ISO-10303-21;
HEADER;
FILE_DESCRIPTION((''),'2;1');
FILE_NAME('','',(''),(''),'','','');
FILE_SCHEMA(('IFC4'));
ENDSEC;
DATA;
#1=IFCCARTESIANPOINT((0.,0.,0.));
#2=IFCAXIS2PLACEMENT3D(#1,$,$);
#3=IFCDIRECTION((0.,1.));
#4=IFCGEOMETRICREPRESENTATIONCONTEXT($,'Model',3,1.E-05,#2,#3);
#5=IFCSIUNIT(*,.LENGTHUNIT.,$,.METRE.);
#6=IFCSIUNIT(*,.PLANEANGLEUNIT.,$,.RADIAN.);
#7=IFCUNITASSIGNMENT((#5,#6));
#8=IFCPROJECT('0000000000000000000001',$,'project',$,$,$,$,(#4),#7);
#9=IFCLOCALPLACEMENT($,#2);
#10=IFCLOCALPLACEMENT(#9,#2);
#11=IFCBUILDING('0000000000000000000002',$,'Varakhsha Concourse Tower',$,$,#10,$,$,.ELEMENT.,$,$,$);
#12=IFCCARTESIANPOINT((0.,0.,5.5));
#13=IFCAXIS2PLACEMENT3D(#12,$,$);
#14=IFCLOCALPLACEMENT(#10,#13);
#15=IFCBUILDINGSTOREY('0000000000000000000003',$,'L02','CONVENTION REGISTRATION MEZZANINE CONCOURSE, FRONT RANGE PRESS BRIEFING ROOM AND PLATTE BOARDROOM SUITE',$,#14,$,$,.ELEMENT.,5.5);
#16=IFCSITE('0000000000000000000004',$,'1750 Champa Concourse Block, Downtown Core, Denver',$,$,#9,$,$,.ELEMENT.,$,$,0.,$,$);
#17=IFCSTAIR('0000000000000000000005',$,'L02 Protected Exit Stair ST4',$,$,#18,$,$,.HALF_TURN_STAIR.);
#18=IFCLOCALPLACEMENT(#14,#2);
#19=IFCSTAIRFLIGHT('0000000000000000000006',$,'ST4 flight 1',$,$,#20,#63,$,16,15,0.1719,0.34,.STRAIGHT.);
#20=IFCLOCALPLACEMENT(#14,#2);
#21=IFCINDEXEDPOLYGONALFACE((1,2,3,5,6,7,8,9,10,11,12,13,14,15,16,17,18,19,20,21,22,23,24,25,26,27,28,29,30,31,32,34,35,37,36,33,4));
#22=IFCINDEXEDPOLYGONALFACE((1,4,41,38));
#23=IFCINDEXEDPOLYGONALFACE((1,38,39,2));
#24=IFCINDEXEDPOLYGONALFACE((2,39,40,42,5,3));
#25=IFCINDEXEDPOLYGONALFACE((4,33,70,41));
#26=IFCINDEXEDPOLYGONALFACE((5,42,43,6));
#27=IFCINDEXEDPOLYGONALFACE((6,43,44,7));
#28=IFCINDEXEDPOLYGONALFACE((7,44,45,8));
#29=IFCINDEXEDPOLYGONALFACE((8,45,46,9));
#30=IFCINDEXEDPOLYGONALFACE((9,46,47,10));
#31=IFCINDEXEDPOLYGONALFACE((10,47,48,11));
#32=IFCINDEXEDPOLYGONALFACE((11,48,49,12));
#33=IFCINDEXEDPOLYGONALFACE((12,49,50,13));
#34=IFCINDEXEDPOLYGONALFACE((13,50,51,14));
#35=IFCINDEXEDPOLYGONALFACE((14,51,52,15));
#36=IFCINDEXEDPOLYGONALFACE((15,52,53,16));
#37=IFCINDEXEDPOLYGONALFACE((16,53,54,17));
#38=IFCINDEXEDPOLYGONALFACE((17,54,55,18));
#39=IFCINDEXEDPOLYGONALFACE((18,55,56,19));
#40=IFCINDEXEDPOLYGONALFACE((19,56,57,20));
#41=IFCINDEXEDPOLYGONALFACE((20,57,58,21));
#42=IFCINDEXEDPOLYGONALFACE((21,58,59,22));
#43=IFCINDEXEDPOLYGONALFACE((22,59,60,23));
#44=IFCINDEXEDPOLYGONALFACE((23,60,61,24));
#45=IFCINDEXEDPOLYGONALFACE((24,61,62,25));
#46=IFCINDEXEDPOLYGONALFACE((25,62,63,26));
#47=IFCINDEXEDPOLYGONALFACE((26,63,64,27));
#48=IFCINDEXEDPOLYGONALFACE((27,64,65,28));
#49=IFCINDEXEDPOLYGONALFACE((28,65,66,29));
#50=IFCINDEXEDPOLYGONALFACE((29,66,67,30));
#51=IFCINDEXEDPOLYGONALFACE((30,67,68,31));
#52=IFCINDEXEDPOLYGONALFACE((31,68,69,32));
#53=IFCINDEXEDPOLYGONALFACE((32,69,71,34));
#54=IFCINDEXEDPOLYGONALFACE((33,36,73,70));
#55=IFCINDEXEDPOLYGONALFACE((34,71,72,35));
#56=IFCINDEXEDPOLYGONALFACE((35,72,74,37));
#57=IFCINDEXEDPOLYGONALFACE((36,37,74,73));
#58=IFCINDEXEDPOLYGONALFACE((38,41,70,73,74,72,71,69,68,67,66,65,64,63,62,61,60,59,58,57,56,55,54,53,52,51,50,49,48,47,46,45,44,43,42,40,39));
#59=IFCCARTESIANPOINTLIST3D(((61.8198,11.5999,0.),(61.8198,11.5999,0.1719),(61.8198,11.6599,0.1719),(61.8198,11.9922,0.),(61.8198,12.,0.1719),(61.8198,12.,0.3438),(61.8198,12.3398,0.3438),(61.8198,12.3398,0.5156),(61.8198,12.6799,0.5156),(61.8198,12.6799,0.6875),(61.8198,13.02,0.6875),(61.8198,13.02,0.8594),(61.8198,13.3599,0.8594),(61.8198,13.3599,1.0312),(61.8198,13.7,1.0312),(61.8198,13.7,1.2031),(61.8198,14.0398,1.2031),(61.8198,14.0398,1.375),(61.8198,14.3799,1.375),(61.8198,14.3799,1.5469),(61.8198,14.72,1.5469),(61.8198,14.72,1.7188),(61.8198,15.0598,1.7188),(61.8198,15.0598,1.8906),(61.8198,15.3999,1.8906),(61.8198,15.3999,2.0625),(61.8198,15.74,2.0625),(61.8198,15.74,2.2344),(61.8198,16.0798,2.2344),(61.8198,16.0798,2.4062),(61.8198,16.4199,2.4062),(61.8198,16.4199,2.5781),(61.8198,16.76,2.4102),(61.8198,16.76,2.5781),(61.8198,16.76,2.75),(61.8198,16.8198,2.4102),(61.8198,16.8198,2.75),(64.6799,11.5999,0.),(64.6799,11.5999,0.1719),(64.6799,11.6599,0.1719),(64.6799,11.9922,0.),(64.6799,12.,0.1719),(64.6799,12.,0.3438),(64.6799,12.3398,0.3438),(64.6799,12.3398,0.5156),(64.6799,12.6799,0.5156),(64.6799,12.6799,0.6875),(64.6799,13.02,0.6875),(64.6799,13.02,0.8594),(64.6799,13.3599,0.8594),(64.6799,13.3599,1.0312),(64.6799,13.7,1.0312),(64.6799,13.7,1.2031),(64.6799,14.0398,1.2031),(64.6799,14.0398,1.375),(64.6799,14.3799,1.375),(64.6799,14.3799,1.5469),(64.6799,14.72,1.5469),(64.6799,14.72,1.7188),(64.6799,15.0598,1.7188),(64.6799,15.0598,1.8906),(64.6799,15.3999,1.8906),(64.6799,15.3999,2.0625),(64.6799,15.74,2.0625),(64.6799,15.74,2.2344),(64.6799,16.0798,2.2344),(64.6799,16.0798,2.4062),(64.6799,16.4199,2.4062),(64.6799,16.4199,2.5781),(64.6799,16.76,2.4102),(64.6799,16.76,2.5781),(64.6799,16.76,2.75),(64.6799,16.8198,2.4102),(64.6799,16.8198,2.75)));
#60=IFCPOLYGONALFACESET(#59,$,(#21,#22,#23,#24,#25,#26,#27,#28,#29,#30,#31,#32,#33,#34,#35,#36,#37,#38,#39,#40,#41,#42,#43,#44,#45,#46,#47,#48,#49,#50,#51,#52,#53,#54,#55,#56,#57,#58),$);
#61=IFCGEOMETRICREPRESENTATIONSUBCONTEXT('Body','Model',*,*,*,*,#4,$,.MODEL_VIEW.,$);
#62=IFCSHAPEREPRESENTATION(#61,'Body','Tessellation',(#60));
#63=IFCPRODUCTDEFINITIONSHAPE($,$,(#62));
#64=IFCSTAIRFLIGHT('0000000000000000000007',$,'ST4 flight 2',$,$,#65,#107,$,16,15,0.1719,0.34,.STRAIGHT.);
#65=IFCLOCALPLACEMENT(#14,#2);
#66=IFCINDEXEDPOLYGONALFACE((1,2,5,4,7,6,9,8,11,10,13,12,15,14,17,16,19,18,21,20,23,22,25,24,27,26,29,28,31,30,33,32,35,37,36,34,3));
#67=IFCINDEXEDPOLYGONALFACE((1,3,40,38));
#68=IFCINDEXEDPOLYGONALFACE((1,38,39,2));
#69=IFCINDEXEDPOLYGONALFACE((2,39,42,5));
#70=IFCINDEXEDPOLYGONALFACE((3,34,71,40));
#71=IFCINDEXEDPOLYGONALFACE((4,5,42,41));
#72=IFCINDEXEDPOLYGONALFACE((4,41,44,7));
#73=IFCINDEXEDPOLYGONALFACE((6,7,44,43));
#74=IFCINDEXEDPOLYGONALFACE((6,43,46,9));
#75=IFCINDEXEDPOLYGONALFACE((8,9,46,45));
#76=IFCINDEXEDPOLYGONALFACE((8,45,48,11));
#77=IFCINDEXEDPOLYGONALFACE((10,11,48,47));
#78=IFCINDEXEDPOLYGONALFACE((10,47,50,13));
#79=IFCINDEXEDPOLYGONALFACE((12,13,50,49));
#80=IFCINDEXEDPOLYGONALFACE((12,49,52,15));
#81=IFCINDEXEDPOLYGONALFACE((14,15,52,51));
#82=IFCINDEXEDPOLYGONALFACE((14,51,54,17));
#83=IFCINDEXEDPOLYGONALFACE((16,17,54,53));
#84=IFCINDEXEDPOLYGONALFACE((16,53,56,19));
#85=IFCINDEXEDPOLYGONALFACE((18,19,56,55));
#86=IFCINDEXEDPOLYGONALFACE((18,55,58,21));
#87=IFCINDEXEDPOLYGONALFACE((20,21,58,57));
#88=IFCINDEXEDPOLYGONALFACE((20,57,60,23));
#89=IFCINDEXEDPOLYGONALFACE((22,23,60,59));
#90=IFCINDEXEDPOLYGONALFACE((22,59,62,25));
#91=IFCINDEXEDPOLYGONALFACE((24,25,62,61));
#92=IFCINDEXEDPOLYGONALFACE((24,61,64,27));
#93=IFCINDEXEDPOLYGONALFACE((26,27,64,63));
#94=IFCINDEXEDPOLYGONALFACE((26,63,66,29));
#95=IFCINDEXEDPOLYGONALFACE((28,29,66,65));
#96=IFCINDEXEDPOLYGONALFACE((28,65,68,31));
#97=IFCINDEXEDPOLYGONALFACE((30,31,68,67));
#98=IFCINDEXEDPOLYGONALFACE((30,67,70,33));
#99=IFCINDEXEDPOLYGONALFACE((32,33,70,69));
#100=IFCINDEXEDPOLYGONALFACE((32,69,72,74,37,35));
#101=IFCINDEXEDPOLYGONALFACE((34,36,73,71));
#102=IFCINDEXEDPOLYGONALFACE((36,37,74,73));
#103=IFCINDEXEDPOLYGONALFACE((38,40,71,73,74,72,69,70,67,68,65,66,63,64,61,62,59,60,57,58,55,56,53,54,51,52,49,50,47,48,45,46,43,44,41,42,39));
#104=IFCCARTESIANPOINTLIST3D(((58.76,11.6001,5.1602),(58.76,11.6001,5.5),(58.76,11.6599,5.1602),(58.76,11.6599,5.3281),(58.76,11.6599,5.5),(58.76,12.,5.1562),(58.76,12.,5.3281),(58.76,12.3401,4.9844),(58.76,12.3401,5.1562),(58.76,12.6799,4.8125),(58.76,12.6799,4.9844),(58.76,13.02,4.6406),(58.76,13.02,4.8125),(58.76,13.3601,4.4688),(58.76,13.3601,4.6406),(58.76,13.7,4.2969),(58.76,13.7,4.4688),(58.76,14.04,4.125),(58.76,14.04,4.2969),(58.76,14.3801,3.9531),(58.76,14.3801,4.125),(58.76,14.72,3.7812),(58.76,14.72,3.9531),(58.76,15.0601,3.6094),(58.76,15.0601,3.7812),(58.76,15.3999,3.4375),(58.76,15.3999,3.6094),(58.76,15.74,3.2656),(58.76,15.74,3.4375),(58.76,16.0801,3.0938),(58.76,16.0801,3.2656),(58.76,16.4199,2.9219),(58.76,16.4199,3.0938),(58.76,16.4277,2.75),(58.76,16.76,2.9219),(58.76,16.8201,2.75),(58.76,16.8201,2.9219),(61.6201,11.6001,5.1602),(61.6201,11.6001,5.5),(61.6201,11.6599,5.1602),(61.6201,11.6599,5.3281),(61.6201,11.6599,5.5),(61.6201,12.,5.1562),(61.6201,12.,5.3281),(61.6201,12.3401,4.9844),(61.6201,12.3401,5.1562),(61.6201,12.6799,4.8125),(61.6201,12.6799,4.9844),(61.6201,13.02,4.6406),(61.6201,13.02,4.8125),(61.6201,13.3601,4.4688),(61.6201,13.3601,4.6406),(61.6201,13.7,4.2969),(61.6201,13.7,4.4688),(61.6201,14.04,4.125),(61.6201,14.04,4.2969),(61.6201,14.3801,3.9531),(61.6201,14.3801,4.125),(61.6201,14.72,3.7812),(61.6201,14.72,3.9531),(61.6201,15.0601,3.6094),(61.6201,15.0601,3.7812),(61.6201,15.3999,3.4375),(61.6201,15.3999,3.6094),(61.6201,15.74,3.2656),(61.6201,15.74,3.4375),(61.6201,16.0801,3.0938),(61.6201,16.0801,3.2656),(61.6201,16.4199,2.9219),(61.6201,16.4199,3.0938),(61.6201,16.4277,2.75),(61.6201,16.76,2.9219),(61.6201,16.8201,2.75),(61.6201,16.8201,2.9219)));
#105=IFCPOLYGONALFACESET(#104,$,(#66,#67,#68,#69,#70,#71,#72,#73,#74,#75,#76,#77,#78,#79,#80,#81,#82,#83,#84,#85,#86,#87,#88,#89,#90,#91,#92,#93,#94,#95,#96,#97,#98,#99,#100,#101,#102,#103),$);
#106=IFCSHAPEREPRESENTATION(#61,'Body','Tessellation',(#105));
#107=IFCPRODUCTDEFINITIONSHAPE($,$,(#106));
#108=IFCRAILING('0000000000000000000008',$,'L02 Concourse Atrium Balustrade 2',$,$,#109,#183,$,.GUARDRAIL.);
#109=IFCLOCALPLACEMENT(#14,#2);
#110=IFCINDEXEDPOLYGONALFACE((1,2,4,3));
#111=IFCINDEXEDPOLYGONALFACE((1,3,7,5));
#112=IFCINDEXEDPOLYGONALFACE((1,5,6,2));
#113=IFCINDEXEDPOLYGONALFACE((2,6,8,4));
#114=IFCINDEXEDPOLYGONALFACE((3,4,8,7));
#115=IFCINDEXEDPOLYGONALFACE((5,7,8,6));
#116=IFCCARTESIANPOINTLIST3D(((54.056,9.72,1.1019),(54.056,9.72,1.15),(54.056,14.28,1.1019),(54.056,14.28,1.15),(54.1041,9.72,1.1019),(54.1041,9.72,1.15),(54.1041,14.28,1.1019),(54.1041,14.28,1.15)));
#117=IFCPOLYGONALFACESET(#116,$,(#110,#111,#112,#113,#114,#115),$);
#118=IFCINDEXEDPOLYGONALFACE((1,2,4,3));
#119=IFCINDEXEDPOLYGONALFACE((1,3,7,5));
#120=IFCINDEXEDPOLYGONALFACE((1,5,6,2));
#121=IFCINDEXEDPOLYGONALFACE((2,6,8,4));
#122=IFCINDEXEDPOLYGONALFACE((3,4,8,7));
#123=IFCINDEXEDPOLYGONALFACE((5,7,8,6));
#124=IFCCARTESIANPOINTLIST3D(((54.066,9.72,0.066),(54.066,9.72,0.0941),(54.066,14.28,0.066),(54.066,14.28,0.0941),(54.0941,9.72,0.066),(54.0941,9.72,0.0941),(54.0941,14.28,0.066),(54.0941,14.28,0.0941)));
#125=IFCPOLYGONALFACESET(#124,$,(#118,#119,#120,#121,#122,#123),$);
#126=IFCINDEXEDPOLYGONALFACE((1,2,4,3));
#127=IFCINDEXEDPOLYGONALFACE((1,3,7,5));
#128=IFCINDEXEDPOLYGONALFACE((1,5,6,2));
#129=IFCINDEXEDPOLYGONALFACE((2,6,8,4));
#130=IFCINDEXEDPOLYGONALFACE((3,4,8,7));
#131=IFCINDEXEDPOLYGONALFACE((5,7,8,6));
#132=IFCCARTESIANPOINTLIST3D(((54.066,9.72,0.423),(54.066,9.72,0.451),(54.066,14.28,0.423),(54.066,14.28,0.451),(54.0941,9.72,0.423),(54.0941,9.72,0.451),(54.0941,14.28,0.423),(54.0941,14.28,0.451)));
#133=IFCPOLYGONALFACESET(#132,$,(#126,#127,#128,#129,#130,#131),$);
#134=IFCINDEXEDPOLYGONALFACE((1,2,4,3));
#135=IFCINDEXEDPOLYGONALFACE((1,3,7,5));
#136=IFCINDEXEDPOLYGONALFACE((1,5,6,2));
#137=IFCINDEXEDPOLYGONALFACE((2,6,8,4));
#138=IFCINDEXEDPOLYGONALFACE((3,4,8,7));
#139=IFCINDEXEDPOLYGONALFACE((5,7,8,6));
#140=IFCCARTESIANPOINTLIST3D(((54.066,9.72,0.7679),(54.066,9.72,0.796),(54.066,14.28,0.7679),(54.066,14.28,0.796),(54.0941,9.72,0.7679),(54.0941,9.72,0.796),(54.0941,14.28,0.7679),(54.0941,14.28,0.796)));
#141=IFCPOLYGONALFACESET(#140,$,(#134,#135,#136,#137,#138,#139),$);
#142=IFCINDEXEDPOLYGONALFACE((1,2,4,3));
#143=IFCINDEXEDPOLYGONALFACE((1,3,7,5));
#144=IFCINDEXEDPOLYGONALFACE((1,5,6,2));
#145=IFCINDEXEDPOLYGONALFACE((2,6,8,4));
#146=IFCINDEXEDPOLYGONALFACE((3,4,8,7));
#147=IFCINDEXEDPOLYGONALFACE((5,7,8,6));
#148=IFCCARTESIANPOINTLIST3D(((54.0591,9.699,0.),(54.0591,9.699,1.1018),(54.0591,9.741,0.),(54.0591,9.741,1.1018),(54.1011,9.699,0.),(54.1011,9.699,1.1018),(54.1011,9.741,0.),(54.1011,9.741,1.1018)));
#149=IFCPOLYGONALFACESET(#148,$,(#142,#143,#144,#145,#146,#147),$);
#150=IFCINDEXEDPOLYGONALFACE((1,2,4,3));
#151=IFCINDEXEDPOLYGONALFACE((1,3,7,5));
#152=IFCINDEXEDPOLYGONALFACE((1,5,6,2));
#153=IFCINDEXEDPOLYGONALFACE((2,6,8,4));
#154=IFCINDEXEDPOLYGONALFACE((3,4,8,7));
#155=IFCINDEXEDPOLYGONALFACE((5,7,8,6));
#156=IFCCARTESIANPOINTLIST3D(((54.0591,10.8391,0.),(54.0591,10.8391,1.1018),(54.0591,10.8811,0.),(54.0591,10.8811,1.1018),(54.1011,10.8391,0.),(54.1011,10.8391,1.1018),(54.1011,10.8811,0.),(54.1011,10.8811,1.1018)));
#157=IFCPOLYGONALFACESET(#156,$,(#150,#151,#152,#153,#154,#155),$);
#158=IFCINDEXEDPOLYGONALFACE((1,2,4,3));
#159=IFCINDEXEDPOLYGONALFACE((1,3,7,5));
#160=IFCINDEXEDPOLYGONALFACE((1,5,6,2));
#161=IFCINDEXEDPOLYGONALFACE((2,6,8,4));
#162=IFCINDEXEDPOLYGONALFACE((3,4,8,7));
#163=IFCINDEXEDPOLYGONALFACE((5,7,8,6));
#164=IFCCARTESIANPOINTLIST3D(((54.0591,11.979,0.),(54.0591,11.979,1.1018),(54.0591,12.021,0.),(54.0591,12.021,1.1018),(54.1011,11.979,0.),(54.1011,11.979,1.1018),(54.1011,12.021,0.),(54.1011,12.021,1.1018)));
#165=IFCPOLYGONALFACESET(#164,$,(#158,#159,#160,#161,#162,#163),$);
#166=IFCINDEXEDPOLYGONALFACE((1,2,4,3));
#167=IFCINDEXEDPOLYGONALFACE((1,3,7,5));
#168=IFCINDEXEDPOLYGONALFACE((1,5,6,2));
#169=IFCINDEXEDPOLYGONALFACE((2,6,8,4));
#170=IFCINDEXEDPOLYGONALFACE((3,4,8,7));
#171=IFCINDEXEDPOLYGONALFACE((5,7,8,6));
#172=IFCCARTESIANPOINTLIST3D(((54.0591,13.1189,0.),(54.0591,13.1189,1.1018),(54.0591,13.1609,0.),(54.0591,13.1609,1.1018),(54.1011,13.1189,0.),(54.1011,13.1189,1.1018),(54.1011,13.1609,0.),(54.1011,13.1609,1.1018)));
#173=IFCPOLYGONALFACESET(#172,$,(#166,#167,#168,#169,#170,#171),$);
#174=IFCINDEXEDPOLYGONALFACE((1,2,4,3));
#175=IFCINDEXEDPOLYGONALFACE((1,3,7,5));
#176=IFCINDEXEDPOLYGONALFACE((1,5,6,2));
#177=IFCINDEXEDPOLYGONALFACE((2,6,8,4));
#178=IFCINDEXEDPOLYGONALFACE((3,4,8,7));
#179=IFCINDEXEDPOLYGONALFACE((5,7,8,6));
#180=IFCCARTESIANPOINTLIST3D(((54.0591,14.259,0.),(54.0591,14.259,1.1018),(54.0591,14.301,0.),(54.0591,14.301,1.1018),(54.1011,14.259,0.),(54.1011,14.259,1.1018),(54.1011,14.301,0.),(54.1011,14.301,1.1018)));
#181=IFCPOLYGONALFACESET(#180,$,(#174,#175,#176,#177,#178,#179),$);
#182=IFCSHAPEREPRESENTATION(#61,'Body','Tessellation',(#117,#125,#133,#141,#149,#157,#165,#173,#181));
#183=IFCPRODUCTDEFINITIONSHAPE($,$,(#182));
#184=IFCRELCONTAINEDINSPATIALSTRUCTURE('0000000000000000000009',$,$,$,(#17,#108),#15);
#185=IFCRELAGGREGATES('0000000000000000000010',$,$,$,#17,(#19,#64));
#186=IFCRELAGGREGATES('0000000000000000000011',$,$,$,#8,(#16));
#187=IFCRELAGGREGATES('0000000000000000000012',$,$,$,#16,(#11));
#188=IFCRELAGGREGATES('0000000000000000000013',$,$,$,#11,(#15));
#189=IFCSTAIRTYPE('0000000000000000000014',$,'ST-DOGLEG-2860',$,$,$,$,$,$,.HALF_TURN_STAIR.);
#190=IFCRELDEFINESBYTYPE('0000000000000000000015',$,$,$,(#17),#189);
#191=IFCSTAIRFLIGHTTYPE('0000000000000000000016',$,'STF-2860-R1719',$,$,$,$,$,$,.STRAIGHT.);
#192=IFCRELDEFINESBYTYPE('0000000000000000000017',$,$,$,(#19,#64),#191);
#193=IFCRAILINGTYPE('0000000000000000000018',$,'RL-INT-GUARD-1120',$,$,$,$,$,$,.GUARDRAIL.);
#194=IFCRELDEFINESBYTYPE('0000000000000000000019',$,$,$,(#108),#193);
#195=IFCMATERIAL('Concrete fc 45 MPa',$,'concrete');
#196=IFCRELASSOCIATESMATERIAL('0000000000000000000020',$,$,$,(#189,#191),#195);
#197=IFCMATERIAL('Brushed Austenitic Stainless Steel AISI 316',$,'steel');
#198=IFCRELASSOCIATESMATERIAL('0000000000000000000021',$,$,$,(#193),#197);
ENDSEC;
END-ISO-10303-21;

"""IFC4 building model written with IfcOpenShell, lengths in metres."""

from ifc_helpers import new_model, si_unit, direction, frame, origin, origin_2d, place, context, subcontext, project, spatial, polyline, rectangle, outline, extrude, material, type_object, element, aggregate, save


model = new_model("IFC4")

# Units and contexts
model_context = context("Model", 3, precision=1e-05, world=origin(), true_north=direction((0.0, 1.0)))
body_context = subcontext(model_context, "Body", "Model", "MODEL_VIEW")
ifc_project = project(units=[si_unit("LENGTHUNIT", "METRE"), si_unit("PLANEANGLEUNIT", "RADIAN")], contexts=[model_context])

# Site, building, storey
site_placement = place(None, origin())
site = spatial("IfcSite", under=ifc_project, at=site_placement, Name="1750 Champa Concourse Block, Downtown Core, Denver", CompositionType="ELEMENT", RefElevation=0.0)
building_placement = place(site_placement, origin())
building = spatial("IfcBuilding", under=site, at=building_placement, Name="Varakhsha Concourse Tower", CompositionType="ELEMENT")
storey_placement = place(building_placement, frame((0.0, 0.0, 5.5)))
storey = spatial("IfcBuildingStorey", under=building, at=storey_placement, Name="L02", Description="CONVENTION REGISTRATION MEZZANINE CONCOURSE, FRONT RANGE PRESS BRIEFING ROOM AND PLATTE BOARDROOM SUITE", CompositionType="ELEMENT", Elevation=5.5)

# Shared definitions
ifc_material_1 = material(Name="Concrete fc 45 MPa", Category="concrete")

# Stair, stair flights
stair_type = type_object("IfcStairType", Name="ST-DOGLEG-2860", PredefinedType="HALF_TURN_STAIR", material=ifc_material_1)
stair_placement = place(storey_placement, origin())
stair = element("IfcStair", 1, at=stair_placement, inside=storey, type_object=stair_type, Name="L02 Protected Exit Stair ST4", PredefinedType="HALF_TURN_STAIR")
stair_flight_type = type_object("IfcStairFlightType", Name="STF-2860-R1719", PredefinedType="STRAIGHT", material=ifc_material_1)
stair_flight_1_placement = place(storey_placement, frame((63.25, 11.6599, 0.0), z_axis=(0.0, 0.0, 1.0), x_axis=(0.0, 1.0, 0.0)))
stair_flight_1 = element("IfcStairFlight", 2, at=stair_flight_1_placement, type_object=stair_flight_type, Name="ST4 flight 1", NumberOfRisers=16, NumberOfTreads=15, PredefinedType="STRAIGHT", RiserHeight=0.1719, TreadLength=0.34, context=body_context, shape_type="SweptSolid", body=[
    extrude(outline(polyline([(-0.0601, 0.0), (-0.0601, 0.1719), (0.0, 0.1719), (0.3401, 0.1719), (0.3401, 0.3438), (0.6799, 0.3438), (0.6799, 0.5156), (1.02, 0.5156), (1.02, 0.6875), (1.3601, 0.6875), (1.3601, 0.8594), (1.7, 0.8594), (1.7, 1.0312), (2.04, 1.0312), (2.04, 1.2031), (2.3799, 1.2031), (2.3799, 1.375), (2.72, 1.375), (2.72, 1.5469), (3.0601, 1.5469), (3.0601, 1.7188), (3.3999, 1.7188), (3.3999, 1.8906), (3.74, 1.8906), (3.74, 2.0625), (4.0801, 2.0625), (4.0801, 2.2344), (4.4199, 2.2344), (4.4199, 2.4062), (4.76, 2.4062), (4.76, 2.5781), (5.1001, 2.5781), (5.1001, 2.75), (5.1599, 2.75), (5.1599, 2.4102), (5.1001, 2.4102), (0.3323, 0.0), (-0.0601, 0.0)])), frame((0.0, 1.4302, 0.0), z_axis=(0.0, -1.0, 0.0), x_axis=(1.0, 0.0, 0.0)), (0.0, 0.0, 1.0), 2.8601),
])
stair_flight_2_placement = place(storey_placement, frame((60.1899, 16.76, 2.75), z_axis=(0.0, 0.0, 1.0), x_axis=(0.0, -1.0, 0.0)))
stair_flight_2 = element("IfcStairFlight", 3, at=stair_flight_2_placement, type_object=stair_flight_type, Name="ST4 flight 2", NumberOfRisers=16, NumberOfTreads=15, PredefinedType="STRAIGHT", RiserHeight=0.1719, TreadLength=0.34, context=body_context, shape_type="SweptSolid", body=[
    extrude(outline(polyline([(-0.0601, 0.0), (-0.0601, 0.1719), (0.0, 0.1719), (0.3401, 0.1719), (0.3401, 0.3438), (0.6799, 0.3438), (0.6799, 0.5156), (1.02, 0.5156), (1.02, 0.6875), (1.3601, 0.6875), (1.3601, 0.8594), (1.7, 0.8594), (1.7, 1.0312), (2.04, 1.0312), (2.04, 1.2031), (2.3799, 1.2031), (2.3799, 1.375), (2.72, 1.375), (2.72, 1.5469), (3.0601, 1.5469), (3.0601, 1.7188), (3.3999, 1.7188), (3.3999, 1.8906), (3.74, 1.8906), (3.74, 2.0625), (4.0801, 2.0625), (4.0801, 2.2344), (4.4199, 2.2344), (4.4199, 2.4062), (4.76, 2.4062), (4.76, 2.5781), (5.1001, 2.5781), (5.1001, 2.75), (5.1599, 2.75), (5.1599, 2.4102), (5.1001, 2.4102), (0.3323, 0.0), (-0.0601, 0.0)])), frame((0.0, 1.4302, 0.0), z_axis=(0.0, -1.0, 0.0), x_axis=(1.0, 0.0, 0.0)), (0.0, 0.0, 1.0), 2.8601),
])
aggregate(stair, [stair_flight_1, stair_flight_2])

# Railing
ifc_material_2 = material(Name="Brushed Austenitic Stainless Steel AISI 316", Category="steel")
railing_type_1 = type_object("IfcRailingType", Name="RL-INT-GUARD-1120", PredefinedType="GUARDRAIL", material=ifc_material_2)
railing_1_placement = place(storey_placement, frame((54.0801, 9.72, 0.0)))
element("IfcRailing", 4, at=railing_1_placement, inside=storey, type_object=railing_type_1, Name="L02 Concourse Atrium Balustrade 2", PredefinedType="GUARDRAIL", context=body_context, shape_type="SweptSolid", body=[
    extrude(rectangle(XDim=0.0481, YDim=0.0481, at=origin_2d()), frame((0.0, 0.0, 1.126), z_axis=(0.0, 1.0, 0.0), x_axis=(-1.0, 0.0, 0.0)), (0.0, 0.0, 1.0), 4.5601),
    extrude(rectangle(XDim=0.0281, YDim=0.0281, at=origin_2d()), frame((0.0, 0.0, 0.0801), z_axis=(0.0, 1.0, 0.0), x_axis=(-1.0, 0.0, 0.0)), (0.0, 0.0, 1.0), 4.5601),
    extrude(rectangle(XDim=0.0281, YDim=0.0281, at=origin_2d()), frame((0.0, 0.0, 0.437), z_axis=(0.0, 1.0, 0.0), x_axis=(-1.0, 0.0, 0.0)), (0.0, 0.0, 1.0), 4.5601),
    extrude(rectangle(XDim=0.0281, YDim=0.0281, at=origin_2d()), frame((0.0, 0.0, 0.782), z_axis=(0.0, 1.0, 0.0), x_axis=(-1.0, 0.0, 0.0)), (0.0, 0.0, 1.0), 4.5601),
    extrude(rectangle(XDim=0.042, YDim=0.042, at=origin_2d()), origin(), (0.0, 0.0, 1.0), 1.1018),
    extrude(rectangle(XDim=0.042, YDim=0.042, at=origin_2d()), frame((0.0, 1.1401, 0.0)), (0.0, 0.0, 1.0), 1.1018),
    extrude(rectangle(XDim=0.042, YDim=0.042, at=origin_2d()), frame((0.0, 2.28, 0.0)), (0.0, 0.0, 1.0), 1.1018),
    extrude(rectangle(XDim=0.042, YDim=0.042, at=origin_2d()), frame((0.0, 3.4199, 0.0)), (0.0, 0.0, 1.0), 1.1018),
    extrude(rectangle(XDim=0.042, YDim=0.042, at=origin_2d()), frame((0.0, 4.5601, 0.0)), (0.0, 0.0, 1.0), 1.1018),
])

save(model, "model.ifc")
